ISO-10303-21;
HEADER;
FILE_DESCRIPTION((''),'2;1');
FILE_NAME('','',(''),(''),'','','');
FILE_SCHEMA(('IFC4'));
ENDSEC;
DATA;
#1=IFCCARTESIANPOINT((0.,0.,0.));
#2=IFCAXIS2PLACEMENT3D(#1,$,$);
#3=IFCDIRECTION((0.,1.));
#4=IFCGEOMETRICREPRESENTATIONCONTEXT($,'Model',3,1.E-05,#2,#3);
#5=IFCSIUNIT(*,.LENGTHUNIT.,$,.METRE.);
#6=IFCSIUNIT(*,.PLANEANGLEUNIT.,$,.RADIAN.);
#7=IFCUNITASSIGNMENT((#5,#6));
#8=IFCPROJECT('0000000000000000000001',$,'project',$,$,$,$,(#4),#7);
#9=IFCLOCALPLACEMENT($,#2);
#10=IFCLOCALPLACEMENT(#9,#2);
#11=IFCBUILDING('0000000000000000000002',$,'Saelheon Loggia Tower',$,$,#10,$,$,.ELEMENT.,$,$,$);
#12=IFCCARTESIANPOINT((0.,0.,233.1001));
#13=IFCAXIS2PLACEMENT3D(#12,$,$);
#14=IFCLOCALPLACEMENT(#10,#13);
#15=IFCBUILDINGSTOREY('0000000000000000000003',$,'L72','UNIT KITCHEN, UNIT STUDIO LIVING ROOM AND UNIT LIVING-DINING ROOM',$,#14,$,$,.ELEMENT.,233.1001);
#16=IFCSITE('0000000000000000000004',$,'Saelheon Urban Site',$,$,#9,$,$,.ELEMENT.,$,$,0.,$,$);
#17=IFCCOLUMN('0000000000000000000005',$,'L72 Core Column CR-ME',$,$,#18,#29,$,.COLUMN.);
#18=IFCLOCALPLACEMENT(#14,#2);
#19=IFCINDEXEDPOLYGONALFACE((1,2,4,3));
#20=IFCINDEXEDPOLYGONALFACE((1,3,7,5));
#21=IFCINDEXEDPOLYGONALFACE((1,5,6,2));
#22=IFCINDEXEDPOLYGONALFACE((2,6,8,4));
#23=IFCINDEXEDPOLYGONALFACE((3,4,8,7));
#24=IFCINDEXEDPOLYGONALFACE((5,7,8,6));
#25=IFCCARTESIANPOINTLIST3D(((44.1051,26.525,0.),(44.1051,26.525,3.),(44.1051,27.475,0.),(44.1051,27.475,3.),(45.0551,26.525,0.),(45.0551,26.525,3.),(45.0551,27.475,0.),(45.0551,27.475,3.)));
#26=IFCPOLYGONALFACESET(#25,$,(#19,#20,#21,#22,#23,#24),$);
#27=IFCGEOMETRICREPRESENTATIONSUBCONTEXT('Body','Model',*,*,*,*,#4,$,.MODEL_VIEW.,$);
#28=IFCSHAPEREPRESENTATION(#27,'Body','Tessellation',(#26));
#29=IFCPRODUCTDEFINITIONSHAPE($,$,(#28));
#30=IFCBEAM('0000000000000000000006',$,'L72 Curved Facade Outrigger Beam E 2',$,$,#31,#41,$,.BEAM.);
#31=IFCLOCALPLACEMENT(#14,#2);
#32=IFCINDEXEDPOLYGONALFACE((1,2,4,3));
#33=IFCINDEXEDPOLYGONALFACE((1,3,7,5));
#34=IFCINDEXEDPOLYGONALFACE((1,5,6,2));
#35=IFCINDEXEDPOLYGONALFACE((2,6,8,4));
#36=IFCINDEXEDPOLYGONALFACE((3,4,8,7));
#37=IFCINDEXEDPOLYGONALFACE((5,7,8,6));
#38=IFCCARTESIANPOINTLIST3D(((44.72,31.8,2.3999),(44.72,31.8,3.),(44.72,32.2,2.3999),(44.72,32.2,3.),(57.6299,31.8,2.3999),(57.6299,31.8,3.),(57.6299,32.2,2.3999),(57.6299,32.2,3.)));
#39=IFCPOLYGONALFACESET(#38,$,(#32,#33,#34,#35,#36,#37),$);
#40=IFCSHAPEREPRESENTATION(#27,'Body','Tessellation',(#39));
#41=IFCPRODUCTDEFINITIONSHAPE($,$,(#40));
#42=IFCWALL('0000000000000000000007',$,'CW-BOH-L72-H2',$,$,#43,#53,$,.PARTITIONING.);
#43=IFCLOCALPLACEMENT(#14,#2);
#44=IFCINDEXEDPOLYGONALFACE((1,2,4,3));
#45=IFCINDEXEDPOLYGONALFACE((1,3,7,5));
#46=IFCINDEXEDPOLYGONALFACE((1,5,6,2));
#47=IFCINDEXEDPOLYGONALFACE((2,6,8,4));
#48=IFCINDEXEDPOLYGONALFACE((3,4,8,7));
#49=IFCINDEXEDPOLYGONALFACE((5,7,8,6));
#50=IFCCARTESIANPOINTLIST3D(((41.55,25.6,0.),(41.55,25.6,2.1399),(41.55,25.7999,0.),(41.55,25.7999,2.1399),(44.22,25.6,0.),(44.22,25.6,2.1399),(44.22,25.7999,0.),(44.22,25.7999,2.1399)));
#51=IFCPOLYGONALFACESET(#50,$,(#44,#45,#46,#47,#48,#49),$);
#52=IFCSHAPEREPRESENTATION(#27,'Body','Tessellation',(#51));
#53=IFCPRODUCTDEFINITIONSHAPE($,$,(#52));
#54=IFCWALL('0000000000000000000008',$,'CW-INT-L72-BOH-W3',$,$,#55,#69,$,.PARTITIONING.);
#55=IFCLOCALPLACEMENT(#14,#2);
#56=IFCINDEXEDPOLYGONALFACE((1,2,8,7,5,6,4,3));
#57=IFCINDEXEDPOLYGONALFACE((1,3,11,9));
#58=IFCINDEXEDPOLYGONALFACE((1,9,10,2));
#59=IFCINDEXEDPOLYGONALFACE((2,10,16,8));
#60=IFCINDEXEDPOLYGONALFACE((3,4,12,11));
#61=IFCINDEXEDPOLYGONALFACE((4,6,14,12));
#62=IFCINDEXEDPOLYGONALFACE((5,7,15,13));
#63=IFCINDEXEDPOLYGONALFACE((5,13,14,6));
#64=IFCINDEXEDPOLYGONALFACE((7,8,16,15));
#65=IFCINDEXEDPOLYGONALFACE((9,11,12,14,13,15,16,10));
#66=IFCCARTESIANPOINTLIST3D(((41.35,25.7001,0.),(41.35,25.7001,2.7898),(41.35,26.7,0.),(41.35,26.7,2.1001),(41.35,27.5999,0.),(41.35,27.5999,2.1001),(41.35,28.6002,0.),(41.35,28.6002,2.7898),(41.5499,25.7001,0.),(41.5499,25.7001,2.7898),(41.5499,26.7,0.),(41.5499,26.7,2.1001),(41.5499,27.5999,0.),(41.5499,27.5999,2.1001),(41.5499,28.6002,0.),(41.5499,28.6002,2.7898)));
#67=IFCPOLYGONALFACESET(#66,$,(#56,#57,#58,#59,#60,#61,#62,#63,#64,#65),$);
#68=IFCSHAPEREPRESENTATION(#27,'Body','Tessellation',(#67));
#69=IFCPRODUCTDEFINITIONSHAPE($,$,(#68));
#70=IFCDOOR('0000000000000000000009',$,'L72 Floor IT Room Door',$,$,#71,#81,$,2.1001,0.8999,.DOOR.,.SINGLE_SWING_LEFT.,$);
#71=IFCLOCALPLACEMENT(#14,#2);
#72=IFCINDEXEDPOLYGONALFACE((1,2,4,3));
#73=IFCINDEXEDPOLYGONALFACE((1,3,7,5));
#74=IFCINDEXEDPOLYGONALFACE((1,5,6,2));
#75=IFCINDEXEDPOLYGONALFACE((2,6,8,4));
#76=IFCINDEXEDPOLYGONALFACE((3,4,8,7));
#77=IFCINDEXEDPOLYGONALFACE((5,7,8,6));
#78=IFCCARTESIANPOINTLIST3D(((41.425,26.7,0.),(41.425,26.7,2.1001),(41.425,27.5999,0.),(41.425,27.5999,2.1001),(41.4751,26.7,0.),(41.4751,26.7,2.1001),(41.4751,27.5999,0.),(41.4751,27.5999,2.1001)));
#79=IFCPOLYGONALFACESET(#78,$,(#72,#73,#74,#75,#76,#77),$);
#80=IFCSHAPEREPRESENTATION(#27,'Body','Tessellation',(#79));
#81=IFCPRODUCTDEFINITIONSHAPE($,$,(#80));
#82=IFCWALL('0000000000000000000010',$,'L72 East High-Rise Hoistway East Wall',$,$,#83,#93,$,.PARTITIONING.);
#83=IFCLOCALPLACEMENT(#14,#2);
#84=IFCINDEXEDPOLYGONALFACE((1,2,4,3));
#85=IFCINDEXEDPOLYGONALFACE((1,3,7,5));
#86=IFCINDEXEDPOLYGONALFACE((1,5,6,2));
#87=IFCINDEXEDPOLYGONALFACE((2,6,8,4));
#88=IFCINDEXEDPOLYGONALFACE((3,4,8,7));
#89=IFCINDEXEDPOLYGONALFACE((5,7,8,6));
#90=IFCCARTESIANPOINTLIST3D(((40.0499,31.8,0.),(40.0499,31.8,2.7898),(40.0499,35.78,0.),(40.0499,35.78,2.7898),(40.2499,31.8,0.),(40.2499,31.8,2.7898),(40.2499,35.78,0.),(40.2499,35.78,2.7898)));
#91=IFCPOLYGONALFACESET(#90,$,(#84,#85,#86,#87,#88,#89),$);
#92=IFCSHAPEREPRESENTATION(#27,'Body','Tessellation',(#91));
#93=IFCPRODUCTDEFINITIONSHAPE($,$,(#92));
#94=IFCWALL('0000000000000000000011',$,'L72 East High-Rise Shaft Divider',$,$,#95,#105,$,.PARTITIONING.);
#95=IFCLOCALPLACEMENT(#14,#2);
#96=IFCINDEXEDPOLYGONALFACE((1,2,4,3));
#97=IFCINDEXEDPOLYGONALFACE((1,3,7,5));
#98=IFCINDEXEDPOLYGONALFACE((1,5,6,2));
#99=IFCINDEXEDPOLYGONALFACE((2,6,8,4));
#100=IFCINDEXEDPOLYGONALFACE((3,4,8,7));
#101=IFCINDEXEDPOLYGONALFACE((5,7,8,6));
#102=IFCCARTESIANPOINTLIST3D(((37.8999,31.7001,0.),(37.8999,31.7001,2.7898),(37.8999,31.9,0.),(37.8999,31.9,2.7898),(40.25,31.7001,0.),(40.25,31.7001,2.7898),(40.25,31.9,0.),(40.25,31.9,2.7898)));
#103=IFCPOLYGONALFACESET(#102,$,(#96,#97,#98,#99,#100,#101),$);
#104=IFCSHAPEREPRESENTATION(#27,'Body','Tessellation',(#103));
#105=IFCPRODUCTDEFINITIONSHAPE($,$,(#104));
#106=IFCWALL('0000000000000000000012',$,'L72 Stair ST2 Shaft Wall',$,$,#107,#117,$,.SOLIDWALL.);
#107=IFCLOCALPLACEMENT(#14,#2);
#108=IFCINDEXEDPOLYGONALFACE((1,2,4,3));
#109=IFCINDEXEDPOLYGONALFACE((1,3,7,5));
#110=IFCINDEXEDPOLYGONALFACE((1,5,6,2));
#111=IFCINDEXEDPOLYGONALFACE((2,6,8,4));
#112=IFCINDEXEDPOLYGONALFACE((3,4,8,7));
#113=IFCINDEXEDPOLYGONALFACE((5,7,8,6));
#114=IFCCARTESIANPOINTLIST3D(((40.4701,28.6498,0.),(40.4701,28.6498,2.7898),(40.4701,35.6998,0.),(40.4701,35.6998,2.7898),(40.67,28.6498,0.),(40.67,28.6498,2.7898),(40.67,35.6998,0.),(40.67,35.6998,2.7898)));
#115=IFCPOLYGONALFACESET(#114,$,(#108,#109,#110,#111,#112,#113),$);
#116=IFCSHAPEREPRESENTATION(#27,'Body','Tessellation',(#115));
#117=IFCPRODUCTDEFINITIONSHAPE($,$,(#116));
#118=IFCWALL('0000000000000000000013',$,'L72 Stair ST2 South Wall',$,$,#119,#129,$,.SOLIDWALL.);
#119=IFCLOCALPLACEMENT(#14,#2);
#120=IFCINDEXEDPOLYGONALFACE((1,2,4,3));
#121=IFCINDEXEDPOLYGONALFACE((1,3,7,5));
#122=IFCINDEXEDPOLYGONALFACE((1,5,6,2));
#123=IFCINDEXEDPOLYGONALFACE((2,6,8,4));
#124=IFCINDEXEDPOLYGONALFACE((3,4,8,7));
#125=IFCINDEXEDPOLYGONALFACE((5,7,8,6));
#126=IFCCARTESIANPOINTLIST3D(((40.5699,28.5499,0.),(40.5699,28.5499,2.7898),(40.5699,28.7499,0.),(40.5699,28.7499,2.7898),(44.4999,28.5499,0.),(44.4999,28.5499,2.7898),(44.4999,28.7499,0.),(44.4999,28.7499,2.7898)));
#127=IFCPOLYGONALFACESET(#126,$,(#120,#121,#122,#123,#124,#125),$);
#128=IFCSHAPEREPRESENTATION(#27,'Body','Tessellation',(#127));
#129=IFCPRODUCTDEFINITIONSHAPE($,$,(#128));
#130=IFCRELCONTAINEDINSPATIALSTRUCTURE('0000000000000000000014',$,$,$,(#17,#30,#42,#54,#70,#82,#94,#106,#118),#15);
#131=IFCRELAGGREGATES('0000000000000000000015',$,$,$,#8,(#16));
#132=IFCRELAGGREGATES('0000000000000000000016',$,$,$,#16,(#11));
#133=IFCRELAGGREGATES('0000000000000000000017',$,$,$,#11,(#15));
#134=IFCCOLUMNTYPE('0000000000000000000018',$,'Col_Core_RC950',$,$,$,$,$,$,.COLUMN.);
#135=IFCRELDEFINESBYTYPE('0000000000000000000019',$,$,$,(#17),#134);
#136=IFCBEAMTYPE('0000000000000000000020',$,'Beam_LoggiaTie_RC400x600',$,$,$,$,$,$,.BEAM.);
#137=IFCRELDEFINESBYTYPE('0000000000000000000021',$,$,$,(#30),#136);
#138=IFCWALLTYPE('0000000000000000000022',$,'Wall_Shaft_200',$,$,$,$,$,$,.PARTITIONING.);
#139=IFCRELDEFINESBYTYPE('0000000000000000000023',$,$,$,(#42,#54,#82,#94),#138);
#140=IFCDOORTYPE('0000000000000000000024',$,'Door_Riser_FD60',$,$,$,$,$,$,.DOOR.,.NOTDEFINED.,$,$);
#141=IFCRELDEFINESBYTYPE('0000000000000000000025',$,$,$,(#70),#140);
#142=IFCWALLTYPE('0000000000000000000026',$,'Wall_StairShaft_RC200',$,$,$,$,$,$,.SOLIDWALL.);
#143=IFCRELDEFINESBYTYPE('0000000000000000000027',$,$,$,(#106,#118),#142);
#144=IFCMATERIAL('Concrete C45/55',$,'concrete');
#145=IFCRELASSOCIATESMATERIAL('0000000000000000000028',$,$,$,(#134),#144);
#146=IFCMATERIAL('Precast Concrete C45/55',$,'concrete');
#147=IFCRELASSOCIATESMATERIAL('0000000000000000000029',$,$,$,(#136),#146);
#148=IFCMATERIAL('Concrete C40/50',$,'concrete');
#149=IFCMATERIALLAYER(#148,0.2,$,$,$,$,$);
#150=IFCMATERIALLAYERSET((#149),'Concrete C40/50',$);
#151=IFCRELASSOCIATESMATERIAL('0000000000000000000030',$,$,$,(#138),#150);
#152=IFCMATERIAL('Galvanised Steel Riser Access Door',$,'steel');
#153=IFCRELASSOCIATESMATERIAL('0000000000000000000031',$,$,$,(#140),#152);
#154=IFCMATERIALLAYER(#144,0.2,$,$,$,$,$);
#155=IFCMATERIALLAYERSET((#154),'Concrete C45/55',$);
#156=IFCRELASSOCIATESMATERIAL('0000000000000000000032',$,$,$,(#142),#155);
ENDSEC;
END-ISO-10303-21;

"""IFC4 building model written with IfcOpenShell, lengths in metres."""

from ifc_helpers import new_model, si_unit, direction, frame, frame_2d, origin, origin_2d, place, context, subcontext, project, spatial, rectangle, extrude, source, transform, mapped, material, layer, layer_set, material_profile, profile_set, type_object, element, fill, save


model = new_model("IFC4")

# Units and contexts
model_context = context("Model", 3, precision=1e-05, world=origin(), true_north=direction((0.0, 1.0)))
body_context = subcontext(model_context, "Body", "Model", "MODEL_VIEW")
ifc_project = project(units=[si_unit("LENGTHUNIT", "METRE"), si_unit("PLANEANGLEUNIT", "RADIAN")], contexts=[model_context])

# Site, building, storey
site_placement = place(None, origin())
site = spatial("IfcSite", under=ifc_project, at=site_placement, Name="Saelheon Urban Site", CompositionType="ELEMENT", RefElevation=0.0)
building_placement = place(site_placement, origin())
building = spatial("IfcBuilding", under=site, at=building_placement, Name="Saelheon Loggia Tower", CompositionType="ELEMENT")
storey_placement = place(building_placement, frame((0.0, 0.0, 233.1001)))
storey = spatial("IfcBuildingStorey", under=building, at=storey_placement, Name="L72", Description="UNIT KITCHEN, UNIT STUDIO LIVING ROOM AND UNIT LIVING-DINING ROOM", CompositionType="ELEMENT", Elevation=233.1001)

# Column
ifc_material_1 = material(Name="Concrete C45/55", Category="concrete")
ifc_material_profile_1 = material_profile(ifc_material_1, rectangle(XDim=0.95, YDim=0.95, at=origin_2d()), Name="RC-950x950")
ifc_profile_set_1 = profile_set([ifc_material_profile_1], Name="Concrete C45/55")
column_type = type_object("IfcColumnType", Name="Col_Core_RC950", PredefinedType="COLUMN", material=ifc_profile_set_1)
shared_shape_1 = source(origin(), body_context, "Body", "SweptSolid", [
    extrude(rectangle(XDim=0.95, YDim=0.95, at=origin_2d()), origin(), (0.0, 0.0, 1.0), 3.0),
])
column_placement = place(storey_placement, frame((44.5801, 27.0, 0.0), z_axis=(0.0, 0.0, 1.0), x_axis=(1.0, 0.0, 0.0)))
element("IfcColumn", 1, at=column_placement, inside=storey, type_object=column_type, Name="L72 Core Column CR-ME", PredefinedType="COLUMN", context=body_context, shape_type="MappedRepresentation", body=[
    mapped(shared_shape_1, transform((0.0, 0.0, 0.0), scale=1.0)),
])

# Beam
ifc_material_2 = material(Name="Precast Concrete C45/55", Category="concrete")
ifc_material_profile_2 = material_profile(ifc_material_2, rectangle(XDim=0.3999, YDim=0.6001, at=origin_2d()), Name="RC-400x600")
ifc_profile_set_2 = profile_set([ifc_material_profile_2], Name="Precast Concrete C45/55")
beam_type = type_object("IfcBeamType", Name="Beam_LoggiaTie_RC400x600", PredefinedType="BEAM", material=ifc_profile_set_2)
shared_shape_2 = source(origin(), body_context, "Body", "SweptSolid", [
    extrude(rectangle(XDim=0.3999, YDim=0.6001, at=origin_2d()), origin(), (0.0, 0.0, 1.0), 12.9099),
])
beam_placement = place(storey_placement, frame((44.72, 32.0, 2.7), z_axis=(1.0, 0.0, 0.0), x_axis=(0.0, 1.0, 0.0)))
element("IfcBeam", 2, at=beam_placement, inside=storey, type_object=beam_type, Name="L72 Curved Facade Outrigger Beam E 2", PredefinedType="BEAM", context=body_context, shape_type="MappedRepresentation", body=[
    mapped(shared_shape_2, transform((0.0, 0.0, 0.0), scale=1.0)),
])

# Wall
ifc_material_3 = material(Name="Concrete C40/50", Category="concrete")
ifc_layer_1 = layer(ifc_material_3, 0.2)
ifc_layer_set_1 = layer_set([ifc_layer_1], Name="Concrete C40/50")
wall_type_1 = type_object("IfcWallType", Name="Wall_Shaft_200", PredefinedType="PARTITIONING", material=ifc_layer_set_1)
wall_1_placement = place(storey_placement, frame((41.55, 25.7, 0.0), z_axis=(0.0, 0.0, 1.0), x_axis=(1.0, 0.0, 0.0)))
element("IfcWall", 3, at=wall_1_placement, inside=storey, type_object=wall_type_1, Name="CW-BOH-L72-H2", PredefinedType="PARTITIONING", context=body_context, shape_type="SweptSolid", body=[
    extrude(rectangle(XDim=2.6699, YDim=0.2, at=frame_2d((1.335, 0.0))), origin(), (0.0, 0.0, 1.0), 2.1399),
])

# Wall, opening, door
wall_2_placement = place(storey_placement, frame((41.45, 25.7, 0.0), z_axis=(0.0, 0.0, 1.0), x_axis=(0.0, 1.0, 0.0)))
wall_2 = element("IfcWall", 4, at=wall_2_placement, inside=storey, type_object=wall_type_1, Name="CW-INT-L72-BOH-W3", PredefinedType="PARTITIONING", context=body_context, shape_type="SweptSolid", body=[
    extrude(rectangle(XDim=2.9001, YDim=0.2, at=frame_2d((1.4502, 0.0))), origin(), (0.0, 0.0, 1.0), 2.7898),
])
opening_placement = place(wall_2_placement, frame((1.0, 0.0, 0.0)))
opening = element("IfcOpeningElement", 5, at=opening_placement, cuts=wall_2, PredefinedType="OPENING", context=body_context, shape_type="SweptSolid", body=[
    extrude(rectangle(XDim=0.8999, YDim=2.1001, at=frame_2d((0.45, 1.05))), frame((0.0, 0.1121, 0.0), z_axis=(0.0, -1.0, 0.0), x_axis=(1.0, 0.0, 0.0)), (0.0, 0.0, 1.0), 0.2239),
])
ifc_material_4 = material(Name="Galvanised Steel Riser Access Door", Category="steel")
door_type = type_object("IfcDoorType", Name="Door_Riser_FD60", OperationType="NOTDEFINED", PredefinedType="DOOR", material=ifc_material_4)
shared_shape_3 = source(origin(), body_context, "Body", "SweptSolid", [
    extrude(rectangle(XDim=0.8999, YDim=2.1001, at=frame_2d((0.45, 1.05))), frame((0.0, 0.0249, 0.0), z_axis=(0.0, -1.0, 0.0), x_axis=(1.0, 0.0, 0.0)), (0.0, 0.0, 1.0), 0.05),
])
door_placement = place(opening_placement, origin())
door = element("IfcDoor", 6, at=door_placement, inside=storey, type_object=door_type, Name="L72 Floor IT Room Door", OperationType="SINGLE_SWING_LEFT", OverallHeight=2.1001, OverallWidth=0.8999, PredefinedType="DOOR", context=body_context, shape_type="MappedRepresentation", body=[
    mapped(shared_shape_3, transform((0.0, 0.0, 0.0), scale=1.0)),
])
fill(opening, door)

# Walls
wall_3_placement = place(storey_placement, frame((40.1499, 31.8, 0.0), z_axis=(0.0, 0.0, 1.0), x_axis=(0.0, 1.0, 0.0)))
element("IfcWall", 7, at=wall_3_placement, inside=storey, type_object=wall_type_1, Name="L72 East High-Rise Hoistway East Wall", PredefinedType="PARTITIONING", context=body_context, shape_type="SweptSolid", body=[
    extrude(rectangle(XDim=3.98, YDim=0.2, at=frame_2d((1.99, 0.0))), origin(), (0.0, 0.0, 1.0), 2.7898),
])
wall_4_placement = place(storey_placement, frame((37.8999, 31.8, 0.0), z_axis=(0.0, 0.0, 1.0), x_axis=(1.0, 0.0, 0.0)))
element("IfcWall", 8, at=wall_4_placement, inside=storey, type_object=wall_type_1, Name="L72 East High-Rise Shaft Divider", PredefinedType="PARTITIONING", context=body_context, shape_type="SweptSolid", body=[
    extrude(rectangle(XDim=2.3501, YDim=0.2, at=frame_2d((1.175, 0.0))), origin(), (0.0, 0.0, 1.0), 2.7898),
])
ifc_layer_2 = layer(ifc_material_1, 0.2)
ifc_layer_set_2 = layer_set([ifc_layer_2], Name="Concrete C45/55")
wall_type_2 = type_object("IfcWallType", Name="Wall_StairShaft_RC200", PredefinedType="SOLIDWALL", material=ifc_layer_set_2)
wall_5_placement = place(storey_placement, frame((40.5701, 28.6499, 0.0), z_axis=(0.0, 0.0, 1.0), x_axis=(0.0, 1.0, 0.0)))
element("IfcWall", 9, at=wall_5_placement, inside=storey, type_object=wall_type_2, Name="L72 Stair ST2 Shaft Wall", PredefinedType="SOLIDWALL", context=body_context, shape_type="SweptSolid", body=[
    extrude(rectangle(XDim=7.05, YDim=0.2, at=frame_2d((3.5249, 0.0))), origin(), (0.0, 0.0, 1.0), 2.7898),
])
wall_6_placement = place(storey_placement, frame((40.5701, 28.6499, 0.0), z_axis=(0.0, 0.0, 1.0), x_axis=(1.0, 0.0, 0.0)))
element("IfcWall", 10, at=wall_6_placement, inside=storey, type_object=wall_type_2, Name="L72 Stair ST2 South Wall", PredefinedType="SOLIDWALL", context=body_context, shape_type="SweptSolid", body=[
    extrude(rectangle(XDim=3.9299, YDim=0.2, at=frame_2d((1.9648, 0.0))), origin(), (0.0, 0.0, 1.0), 2.7898),
])

save(model, "model.ifc")
